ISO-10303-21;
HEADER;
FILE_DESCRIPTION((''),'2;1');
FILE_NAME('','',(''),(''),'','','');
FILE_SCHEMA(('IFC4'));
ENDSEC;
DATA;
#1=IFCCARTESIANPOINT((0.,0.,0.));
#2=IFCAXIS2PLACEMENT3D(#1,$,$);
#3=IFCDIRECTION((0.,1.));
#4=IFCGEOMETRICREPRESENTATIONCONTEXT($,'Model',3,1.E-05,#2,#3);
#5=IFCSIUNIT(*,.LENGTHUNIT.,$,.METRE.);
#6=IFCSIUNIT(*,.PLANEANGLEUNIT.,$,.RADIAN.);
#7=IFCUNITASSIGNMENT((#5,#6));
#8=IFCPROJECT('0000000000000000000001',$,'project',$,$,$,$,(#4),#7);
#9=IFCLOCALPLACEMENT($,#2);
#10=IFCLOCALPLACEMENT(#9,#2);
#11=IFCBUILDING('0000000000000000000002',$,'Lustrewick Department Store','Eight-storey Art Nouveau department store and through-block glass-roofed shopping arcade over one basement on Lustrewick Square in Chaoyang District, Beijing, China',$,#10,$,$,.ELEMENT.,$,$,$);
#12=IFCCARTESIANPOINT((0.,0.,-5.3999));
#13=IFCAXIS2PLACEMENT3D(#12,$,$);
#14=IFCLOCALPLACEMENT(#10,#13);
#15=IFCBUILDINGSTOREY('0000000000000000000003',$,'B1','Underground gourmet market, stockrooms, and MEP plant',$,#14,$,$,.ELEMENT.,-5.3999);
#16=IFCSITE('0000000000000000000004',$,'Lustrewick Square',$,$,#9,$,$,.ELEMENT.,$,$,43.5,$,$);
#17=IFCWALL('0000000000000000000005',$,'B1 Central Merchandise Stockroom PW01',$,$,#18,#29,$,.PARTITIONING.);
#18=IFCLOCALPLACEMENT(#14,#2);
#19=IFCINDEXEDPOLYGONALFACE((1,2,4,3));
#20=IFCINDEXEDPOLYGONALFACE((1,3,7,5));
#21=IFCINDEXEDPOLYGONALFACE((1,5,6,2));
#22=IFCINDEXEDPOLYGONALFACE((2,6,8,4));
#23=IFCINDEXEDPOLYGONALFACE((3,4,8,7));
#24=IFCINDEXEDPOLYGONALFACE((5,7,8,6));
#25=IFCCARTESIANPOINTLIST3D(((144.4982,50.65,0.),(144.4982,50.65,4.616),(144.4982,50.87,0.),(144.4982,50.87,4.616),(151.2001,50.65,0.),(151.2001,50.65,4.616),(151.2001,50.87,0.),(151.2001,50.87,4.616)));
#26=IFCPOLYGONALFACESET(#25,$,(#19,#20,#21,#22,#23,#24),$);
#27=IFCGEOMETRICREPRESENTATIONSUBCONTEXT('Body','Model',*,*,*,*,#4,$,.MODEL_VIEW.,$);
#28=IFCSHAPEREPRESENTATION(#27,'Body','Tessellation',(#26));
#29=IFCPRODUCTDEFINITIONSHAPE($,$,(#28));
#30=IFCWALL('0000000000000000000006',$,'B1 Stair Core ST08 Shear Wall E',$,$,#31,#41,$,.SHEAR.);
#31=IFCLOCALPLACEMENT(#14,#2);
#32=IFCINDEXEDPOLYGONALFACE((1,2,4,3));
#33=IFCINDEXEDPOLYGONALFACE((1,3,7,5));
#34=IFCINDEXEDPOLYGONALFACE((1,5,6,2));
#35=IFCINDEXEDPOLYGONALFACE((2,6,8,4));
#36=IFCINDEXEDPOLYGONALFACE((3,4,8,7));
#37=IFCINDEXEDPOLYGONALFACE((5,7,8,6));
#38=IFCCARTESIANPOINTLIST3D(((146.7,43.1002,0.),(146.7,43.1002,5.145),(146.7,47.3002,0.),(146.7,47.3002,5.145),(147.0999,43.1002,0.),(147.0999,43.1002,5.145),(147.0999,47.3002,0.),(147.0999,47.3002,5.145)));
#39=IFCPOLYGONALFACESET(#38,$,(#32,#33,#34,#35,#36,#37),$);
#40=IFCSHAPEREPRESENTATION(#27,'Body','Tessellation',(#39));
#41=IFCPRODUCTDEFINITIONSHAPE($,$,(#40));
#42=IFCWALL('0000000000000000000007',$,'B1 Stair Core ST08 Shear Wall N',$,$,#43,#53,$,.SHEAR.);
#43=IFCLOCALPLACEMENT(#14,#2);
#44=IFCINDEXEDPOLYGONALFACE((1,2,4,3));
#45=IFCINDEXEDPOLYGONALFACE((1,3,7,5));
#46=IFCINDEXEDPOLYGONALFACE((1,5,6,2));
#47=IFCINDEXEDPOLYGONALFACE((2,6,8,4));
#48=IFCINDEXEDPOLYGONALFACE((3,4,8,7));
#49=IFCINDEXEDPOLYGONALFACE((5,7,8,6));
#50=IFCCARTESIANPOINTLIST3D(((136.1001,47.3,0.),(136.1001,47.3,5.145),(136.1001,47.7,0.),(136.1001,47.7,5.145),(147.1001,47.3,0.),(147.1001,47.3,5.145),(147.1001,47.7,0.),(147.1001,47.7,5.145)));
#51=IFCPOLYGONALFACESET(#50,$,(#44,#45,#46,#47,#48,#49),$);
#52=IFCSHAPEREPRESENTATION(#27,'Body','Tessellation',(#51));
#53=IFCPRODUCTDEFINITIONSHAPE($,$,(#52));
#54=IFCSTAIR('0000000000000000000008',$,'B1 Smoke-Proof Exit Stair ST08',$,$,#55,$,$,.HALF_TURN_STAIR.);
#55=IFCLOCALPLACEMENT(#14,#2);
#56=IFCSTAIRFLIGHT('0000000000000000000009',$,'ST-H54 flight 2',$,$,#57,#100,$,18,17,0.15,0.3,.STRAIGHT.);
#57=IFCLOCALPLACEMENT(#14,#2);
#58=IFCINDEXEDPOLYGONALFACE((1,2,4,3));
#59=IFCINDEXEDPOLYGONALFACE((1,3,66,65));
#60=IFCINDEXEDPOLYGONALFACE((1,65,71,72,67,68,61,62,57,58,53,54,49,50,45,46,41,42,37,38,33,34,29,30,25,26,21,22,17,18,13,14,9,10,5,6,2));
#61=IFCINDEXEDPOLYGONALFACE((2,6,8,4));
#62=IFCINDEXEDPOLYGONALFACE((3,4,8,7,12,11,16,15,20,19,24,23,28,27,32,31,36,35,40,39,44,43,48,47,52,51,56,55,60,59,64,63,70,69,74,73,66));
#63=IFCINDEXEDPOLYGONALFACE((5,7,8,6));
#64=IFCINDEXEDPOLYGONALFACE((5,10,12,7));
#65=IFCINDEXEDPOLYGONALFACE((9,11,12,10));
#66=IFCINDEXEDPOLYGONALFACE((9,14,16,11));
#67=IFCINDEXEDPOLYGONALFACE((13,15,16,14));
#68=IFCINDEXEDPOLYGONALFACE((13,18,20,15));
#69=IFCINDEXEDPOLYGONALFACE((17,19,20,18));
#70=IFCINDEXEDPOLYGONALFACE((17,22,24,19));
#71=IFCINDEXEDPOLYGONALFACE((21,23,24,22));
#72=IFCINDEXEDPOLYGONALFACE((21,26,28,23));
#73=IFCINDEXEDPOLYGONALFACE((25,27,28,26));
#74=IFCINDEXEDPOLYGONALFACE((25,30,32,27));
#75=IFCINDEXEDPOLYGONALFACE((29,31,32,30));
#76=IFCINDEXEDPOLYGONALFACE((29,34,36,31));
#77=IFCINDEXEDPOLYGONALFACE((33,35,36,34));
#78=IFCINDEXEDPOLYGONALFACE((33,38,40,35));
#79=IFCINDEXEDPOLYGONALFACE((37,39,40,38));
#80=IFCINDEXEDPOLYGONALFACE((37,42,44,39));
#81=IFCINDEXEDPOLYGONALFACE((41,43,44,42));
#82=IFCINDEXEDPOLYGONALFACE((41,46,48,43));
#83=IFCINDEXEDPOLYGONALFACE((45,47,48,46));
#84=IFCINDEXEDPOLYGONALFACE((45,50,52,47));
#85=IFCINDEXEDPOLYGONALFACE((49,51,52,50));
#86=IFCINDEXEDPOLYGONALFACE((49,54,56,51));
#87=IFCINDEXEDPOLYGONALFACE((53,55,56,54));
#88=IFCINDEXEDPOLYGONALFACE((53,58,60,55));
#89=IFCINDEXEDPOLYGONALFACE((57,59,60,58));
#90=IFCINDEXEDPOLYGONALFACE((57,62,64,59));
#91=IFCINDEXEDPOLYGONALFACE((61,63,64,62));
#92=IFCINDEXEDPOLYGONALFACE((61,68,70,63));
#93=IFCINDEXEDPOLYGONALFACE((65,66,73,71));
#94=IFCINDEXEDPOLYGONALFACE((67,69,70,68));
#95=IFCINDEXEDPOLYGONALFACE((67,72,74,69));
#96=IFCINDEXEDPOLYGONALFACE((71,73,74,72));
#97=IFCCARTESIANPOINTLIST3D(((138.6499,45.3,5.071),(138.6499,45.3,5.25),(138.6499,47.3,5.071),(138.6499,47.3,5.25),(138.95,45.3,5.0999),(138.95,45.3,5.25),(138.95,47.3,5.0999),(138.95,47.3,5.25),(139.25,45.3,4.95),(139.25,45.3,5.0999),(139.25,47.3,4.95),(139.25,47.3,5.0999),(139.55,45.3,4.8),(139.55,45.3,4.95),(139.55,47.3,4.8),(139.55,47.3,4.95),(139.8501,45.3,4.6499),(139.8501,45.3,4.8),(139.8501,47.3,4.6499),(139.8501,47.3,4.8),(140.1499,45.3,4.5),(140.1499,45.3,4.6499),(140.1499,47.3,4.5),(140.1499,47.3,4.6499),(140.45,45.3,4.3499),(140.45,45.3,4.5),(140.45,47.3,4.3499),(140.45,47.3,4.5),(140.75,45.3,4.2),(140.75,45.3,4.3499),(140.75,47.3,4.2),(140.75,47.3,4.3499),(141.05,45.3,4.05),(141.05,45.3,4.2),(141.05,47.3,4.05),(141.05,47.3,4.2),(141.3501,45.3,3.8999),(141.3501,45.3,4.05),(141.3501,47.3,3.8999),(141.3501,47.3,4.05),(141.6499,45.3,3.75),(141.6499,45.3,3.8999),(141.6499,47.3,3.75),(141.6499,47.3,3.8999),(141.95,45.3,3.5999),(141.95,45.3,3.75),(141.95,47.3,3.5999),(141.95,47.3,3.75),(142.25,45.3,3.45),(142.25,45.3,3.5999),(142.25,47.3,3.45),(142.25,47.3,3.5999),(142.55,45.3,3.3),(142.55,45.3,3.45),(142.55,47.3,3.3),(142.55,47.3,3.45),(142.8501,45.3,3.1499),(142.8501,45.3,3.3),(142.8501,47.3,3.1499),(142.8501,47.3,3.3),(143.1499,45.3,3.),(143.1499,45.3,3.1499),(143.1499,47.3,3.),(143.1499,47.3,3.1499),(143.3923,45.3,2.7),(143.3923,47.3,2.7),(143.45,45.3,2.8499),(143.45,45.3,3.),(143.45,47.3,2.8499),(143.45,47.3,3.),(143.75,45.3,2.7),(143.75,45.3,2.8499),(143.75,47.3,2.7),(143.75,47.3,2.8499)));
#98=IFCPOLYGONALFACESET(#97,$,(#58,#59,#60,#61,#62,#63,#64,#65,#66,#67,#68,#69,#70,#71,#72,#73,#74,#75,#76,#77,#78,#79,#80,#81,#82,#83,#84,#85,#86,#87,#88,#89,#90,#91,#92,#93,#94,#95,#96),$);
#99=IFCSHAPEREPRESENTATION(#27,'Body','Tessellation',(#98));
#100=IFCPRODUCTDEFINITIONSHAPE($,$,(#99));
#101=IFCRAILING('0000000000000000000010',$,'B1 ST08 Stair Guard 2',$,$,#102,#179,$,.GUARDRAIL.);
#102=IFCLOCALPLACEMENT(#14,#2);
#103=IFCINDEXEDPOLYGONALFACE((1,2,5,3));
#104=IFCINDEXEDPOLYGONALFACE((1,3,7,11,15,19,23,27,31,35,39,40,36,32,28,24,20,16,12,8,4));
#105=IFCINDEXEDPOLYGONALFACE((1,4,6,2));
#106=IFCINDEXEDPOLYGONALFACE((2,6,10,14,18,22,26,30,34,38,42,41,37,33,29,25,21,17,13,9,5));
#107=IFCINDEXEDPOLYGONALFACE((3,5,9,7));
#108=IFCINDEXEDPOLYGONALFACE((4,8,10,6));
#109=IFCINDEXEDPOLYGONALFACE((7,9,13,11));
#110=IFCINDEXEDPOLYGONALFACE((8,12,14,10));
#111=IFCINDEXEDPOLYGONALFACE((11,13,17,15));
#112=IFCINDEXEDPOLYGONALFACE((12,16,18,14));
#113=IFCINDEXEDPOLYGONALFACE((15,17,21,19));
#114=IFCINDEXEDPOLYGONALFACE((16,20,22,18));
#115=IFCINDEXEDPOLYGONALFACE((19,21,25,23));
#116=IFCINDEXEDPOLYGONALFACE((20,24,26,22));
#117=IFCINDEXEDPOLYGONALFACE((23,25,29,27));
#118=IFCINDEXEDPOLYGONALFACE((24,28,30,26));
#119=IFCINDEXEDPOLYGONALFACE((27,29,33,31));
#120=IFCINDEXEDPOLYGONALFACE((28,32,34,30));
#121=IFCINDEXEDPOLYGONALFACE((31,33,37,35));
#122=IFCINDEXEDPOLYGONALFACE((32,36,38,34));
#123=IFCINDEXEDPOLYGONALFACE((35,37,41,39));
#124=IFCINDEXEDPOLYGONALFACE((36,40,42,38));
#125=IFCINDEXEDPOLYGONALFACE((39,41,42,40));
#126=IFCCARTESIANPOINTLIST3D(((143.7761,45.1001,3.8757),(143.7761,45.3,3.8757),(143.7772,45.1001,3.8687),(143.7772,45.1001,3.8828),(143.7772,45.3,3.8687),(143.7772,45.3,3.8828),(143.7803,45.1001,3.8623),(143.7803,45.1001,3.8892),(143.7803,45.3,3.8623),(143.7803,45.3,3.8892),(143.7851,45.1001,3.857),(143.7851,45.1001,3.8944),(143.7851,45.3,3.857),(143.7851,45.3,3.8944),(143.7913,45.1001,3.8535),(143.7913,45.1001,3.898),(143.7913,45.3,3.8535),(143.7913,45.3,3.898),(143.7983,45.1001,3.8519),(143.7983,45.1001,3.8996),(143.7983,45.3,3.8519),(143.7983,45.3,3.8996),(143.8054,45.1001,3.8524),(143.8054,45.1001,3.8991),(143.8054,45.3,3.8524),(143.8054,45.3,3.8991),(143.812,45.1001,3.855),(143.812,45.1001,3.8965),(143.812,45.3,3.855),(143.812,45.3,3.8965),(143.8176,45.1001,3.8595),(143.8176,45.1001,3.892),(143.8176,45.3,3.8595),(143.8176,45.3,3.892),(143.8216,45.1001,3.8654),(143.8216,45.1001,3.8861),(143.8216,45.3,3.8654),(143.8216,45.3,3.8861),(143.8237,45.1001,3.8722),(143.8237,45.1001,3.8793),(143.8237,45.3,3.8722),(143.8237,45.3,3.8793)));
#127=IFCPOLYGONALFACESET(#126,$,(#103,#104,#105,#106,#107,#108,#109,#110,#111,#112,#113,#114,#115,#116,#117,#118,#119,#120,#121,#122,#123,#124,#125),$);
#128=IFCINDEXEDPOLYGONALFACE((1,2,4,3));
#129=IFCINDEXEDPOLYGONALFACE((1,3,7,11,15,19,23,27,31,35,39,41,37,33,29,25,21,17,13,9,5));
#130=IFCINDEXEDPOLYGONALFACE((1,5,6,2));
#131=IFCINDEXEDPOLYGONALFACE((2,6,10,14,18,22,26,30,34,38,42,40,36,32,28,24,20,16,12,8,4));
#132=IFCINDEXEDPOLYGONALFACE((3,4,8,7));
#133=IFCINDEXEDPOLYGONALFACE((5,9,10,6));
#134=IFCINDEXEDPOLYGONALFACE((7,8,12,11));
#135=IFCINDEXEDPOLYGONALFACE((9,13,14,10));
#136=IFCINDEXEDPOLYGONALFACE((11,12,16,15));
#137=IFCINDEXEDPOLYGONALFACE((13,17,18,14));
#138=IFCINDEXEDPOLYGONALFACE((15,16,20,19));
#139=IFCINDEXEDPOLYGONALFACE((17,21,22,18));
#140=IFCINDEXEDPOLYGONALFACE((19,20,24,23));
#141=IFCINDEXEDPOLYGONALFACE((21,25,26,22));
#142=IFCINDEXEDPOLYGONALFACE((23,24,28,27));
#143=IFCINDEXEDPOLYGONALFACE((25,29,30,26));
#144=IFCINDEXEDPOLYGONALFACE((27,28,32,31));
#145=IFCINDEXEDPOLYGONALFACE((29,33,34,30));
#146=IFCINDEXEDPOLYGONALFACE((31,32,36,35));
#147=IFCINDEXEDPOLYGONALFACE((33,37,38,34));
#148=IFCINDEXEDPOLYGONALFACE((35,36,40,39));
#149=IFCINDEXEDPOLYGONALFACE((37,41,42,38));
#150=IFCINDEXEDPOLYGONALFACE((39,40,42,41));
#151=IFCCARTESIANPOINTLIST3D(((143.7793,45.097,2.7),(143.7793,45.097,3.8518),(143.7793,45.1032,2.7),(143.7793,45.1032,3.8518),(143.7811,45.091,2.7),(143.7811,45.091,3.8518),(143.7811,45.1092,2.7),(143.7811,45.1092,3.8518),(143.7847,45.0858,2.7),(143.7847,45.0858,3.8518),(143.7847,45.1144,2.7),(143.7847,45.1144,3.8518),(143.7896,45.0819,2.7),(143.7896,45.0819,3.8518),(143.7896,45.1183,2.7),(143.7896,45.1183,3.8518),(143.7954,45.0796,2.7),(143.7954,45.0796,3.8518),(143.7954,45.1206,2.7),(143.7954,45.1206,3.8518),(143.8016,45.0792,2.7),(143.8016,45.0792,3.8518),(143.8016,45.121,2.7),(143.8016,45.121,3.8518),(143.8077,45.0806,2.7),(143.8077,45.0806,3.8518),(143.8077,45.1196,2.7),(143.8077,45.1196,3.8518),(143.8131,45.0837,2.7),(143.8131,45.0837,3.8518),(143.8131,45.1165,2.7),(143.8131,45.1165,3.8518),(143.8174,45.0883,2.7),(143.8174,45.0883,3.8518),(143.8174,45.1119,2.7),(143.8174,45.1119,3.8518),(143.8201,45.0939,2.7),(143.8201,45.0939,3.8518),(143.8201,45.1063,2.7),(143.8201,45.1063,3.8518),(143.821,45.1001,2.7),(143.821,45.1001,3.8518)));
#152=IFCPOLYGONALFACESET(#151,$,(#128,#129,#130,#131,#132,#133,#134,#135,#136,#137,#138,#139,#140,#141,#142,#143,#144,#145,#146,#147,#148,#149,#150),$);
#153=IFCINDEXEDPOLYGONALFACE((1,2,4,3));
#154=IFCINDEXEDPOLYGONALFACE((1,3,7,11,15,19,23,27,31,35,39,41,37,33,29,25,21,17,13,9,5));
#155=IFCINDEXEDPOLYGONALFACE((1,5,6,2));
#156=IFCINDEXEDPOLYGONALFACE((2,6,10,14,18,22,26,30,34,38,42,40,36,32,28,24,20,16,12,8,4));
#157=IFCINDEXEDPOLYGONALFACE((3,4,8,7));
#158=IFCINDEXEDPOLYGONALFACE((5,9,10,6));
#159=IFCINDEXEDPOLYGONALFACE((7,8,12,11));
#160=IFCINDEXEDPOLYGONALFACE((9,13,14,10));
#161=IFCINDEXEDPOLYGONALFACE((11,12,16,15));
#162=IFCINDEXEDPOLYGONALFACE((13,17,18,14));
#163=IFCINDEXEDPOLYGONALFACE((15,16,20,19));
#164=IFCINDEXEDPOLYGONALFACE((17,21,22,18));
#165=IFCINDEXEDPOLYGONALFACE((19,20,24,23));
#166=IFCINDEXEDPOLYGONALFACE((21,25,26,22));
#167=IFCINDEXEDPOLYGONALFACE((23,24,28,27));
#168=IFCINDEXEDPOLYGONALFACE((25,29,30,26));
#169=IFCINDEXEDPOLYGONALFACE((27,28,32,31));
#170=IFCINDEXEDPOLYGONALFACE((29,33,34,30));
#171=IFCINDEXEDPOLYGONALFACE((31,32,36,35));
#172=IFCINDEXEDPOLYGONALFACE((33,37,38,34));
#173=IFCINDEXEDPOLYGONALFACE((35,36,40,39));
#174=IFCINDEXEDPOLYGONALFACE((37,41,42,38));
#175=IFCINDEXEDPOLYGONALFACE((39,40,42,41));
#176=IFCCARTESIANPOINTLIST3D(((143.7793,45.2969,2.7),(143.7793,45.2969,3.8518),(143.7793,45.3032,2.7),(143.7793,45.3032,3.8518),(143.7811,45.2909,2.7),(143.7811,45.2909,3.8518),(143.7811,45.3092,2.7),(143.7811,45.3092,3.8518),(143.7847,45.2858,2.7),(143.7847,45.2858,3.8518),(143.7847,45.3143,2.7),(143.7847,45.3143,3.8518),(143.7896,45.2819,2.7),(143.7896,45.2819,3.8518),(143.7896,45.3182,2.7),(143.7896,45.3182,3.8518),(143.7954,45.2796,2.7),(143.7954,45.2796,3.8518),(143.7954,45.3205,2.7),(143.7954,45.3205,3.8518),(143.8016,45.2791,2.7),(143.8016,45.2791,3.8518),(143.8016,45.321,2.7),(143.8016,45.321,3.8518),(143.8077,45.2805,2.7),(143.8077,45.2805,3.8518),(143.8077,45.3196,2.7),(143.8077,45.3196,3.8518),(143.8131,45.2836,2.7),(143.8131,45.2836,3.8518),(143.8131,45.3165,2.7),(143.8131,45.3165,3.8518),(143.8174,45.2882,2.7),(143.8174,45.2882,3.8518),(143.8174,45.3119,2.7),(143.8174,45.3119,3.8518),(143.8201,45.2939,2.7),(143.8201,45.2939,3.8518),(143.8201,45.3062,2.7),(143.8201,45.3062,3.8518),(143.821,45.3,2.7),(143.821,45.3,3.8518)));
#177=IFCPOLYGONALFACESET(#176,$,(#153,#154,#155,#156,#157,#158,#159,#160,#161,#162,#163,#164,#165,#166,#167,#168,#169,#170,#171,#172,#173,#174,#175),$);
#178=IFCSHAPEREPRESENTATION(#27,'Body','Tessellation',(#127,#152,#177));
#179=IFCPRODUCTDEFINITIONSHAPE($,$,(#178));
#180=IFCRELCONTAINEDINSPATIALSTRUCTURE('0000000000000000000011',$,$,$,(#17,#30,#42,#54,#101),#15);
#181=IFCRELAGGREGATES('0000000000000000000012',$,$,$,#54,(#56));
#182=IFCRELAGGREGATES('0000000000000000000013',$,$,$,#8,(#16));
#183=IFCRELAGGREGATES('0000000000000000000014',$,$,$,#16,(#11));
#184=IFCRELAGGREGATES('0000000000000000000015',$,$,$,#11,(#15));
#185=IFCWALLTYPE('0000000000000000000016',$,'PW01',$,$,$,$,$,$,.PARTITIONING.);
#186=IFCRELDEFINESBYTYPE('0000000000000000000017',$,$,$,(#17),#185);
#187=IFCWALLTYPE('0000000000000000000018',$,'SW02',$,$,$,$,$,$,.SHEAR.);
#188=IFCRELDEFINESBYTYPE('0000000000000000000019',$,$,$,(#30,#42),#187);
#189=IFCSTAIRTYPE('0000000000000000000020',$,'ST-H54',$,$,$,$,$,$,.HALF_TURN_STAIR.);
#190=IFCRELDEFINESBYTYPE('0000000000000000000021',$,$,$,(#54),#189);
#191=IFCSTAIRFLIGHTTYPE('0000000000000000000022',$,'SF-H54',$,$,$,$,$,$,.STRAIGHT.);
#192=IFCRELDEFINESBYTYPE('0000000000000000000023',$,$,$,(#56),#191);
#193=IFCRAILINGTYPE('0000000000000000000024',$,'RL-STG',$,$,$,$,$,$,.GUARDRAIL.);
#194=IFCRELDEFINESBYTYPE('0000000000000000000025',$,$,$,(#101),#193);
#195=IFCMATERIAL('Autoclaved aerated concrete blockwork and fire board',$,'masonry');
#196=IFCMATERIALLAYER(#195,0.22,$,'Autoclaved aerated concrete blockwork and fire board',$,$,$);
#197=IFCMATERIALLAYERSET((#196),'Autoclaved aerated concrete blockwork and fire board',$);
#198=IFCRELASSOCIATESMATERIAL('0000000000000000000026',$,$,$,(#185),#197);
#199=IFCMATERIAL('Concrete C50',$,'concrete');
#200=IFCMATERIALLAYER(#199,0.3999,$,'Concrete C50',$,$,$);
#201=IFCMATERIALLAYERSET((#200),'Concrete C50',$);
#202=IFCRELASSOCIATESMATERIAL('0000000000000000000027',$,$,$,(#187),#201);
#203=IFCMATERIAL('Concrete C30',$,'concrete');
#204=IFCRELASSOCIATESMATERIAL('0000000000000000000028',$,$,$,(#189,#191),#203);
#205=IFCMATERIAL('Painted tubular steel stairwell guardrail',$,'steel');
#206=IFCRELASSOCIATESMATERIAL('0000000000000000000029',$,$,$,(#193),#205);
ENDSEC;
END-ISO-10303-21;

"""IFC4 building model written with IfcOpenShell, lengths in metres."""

from ifc_helpers import new_model, si_unit, direction, frame, frame_2d, origin, origin_2d, place, context, subcontext, project, spatial, polyline, rectangle, circle, outline, extrude, material, layer, layer_set, type_object, element, aggregate, save


model = new_model("IFC4")

# Units and contexts
model_context = context("Model", 3, precision=1e-05, world=origin(), true_north=direction((0.0, 1.0)))
body_context = subcontext(model_context, "Body", "Model", "MODEL_VIEW")
ifc_project = project(units=[si_unit("LENGTHUNIT", "METRE"), si_unit("PLANEANGLEUNIT", "RADIAN")], contexts=[model_context])

# Site, building, storey
site_placement = place(None, origin())
site = spatial("IfcSite", under=ifc_project, at=site_placement, Name="Lustrewick Square", CompositionType="ELEMENT", RefElevation=43.5)
building_placement = place(site_placement, origin())
building = spatial("IfcBuilding", under=site, at=building_placement, Name="Lustrewick Department Store", Description="Eight-storey Art Nouveau department store and through-block glass-roofed shopping arcade over one basement on Lustrewick Square in Chaoyang District, Beijing, China", CompositionType="ELEMENT")
storey_placement = place(building_placement, frame((0.0, 0.0, -5.3999)))
storey = spatial("IfcBuildingStorey", under=building, at=storey_placement, Name="B1", Description="Underground gourmet market, stockrooms, and MEP plant", CompositionType="ELEMENT", Elevation=-5.3999)

# Shared definitions
ifc_material_1 = material(Name="Concrete C50", Category="concrete")

# Walls
ifc_material_2 = material(Name="Autoclaved aerated concrete blockwork and fire board", Category="masonry")
ifc_layer_1 = layer(ifc_material_2, 0.22, Name="Autoclaved aerated concrete blockwork and fire board")
ifc_layer_set_1 = layer_set([ifc_layer_1], Name="Autoclaved aerated concrete blockwork and fire board")
wall_type_1 = type_object("IfcWallType", Name="PW01", PredefinedType="PARTITIONING", material=ifc_layer_set_1)
wall_1_placement = place(storey_placement, frame((144.498, 50.76, 0.0), z_axis=(0.0, 0.0, 1.0), x_axis=(1.0, 0.0, 0.0)))
element("IfcWall", 1, at=wall_1_placement, inside=storey, type_object=wall_type_1, Name="B1 Central Merchandise Stockroom PW01", PredefinedType="PARTITIONING", context=body_context, shape_type="SweptSolid", body=[
    extrude(rectangle(XDim=6.7019, YDim=0.22, at=frame_2d((3.3511, 0.0))), origin(), (0.0, 0.0, 1.0), 4.616),
])
ifc_layer_2 = layer(ifc_material_1, 0.3999, Name="Concrete C50")
ifc_layer_set_2 = layer_set([ifc_layer_2], Name="Concrete C50")
wall_type_2 = type_object("IfcWallType", Name="SW02", PredefinedType="SHEAR", material=ifc_layer_set_2)
wall_2_placement = place(storey_placement, frame((146.8999, 43.1001, 0.0), z_axis=(0.0, 0.0, 1.0), x_axis=(0.0, 1.0, 0.0)))
element("IfcWall", 2, at=wall_2_placement, inside=storey, type_object=wall_type_2, Name="B1 Stair Core ST08 Shear Wall E", PredefinedType="SHEAR", context=body_context, shape_type="SweptSolid", body=[
    extrude(rectangle(XDim=4.2, YDim=0.3999, at=frame_2d((2.1001, 0.0))), origin(), (0.0, 0.0, 1.0), 5.145),
])
wall_3_placement = place(storey_placement, frame((147.1001, 47.5, 0.0), z_axis=(0.0, 0.0, 1.0), x_axis=(-1.0, 0.0, 0.0)))
element("IfcWall", 3, at=wall_3_placement, inside=storey, type_object=wall_type_2, Name="B1 Stair Core ST08 Shear Wall N", PredefinedType="SHEAR", context=body_context, shape_type="SweptSolid", body=[
    extrude(rectangle(XDim=11.0, YDim=0.3999, at=frame_2d((5.5, 0.0))), origin(), (0.0, 0.0, 1.0), 5.145),
])

# Stair, stair flight
ifc_material_3 = material(Name="Concrete C30", Category="concrete")
stair_type = type_object("IfcStairType", Name="ST-H54", PredefinedType="HALF_TURN_STAIR", material=ifc_material_3)
stair_placement = place(storey_placement, origin())
stair = element("IfcStair", 4, at=stair_placement, inside=storey, type_object=stair_type, Name="B1 Smoke-Proof Exit Stair ST08", PredefinedType="HALF_TURN_STAIR")
stair_flight_type = type_object("IfcStairFlightType", Name="SF-H54", PredefinedType="STRAIGHT", material=ifc_material_3)
stair_flight_placement = place(storey_placement, frame((143.75, 46.3, 2.7), z_axis=(0.0, 0.0, 1.0), x_axis=(-1.0, 0.0, 0.0)))
stair_flight = element("IfcStairFlight", 5, at=stair_flight_placement, type_object=stair_flight_type, Name="ST-H54 flight 2", NumberOfRisers=18, NumberOfTreads=17, PredefinedType="STRAIGHT", RiserHeight=0.15, TreadLength=0.3, context=body_context, shape_type="SweptSolid", body=[
    extrude(outline(polyline([(0.0, 0.0), (0.0, 0.1499), (0.3, 0.1499), (0.3, 0.3), (0.6001, 0.3), (0.6001, 0.45), (0.8999, 0.45), (0.8999, 0.6001), (1.2, 0.6001), (1.2, 0.75), (1.5, 0.75), (1.5, 0.8999), (1.8, 0.8999), (1.8, 1.05), (2.1001, 1.05), (2.1001, 1.2), (2.3999, 1.2), (2.3999, 1.3501), (2.7, 1.3501), (2.7, 1.5), (3.0, 1.5), (3.0, 1.6499), (3.3, 1.6499), (3.3, 1.8), (3.6001, 1.8), (3.6001, 1.95), (3.8999, 1.95), (3.8999, 2.1001), (4.2, 2.1001), (4.2, 2.25), (4.5, 2.25), (4.5, 2.3999), (4.8, 2.3999), (4.8, 2.55), (5.1001, 2.55), (5.1001, 2.7), (5.1001, 2.3711), (0.3577, 0.0), (0.0, 0.0)])), frame((0.0, 1.0, 0.0), z_axis=(0.0, -1.0, 0.0), x_axis=(1.0, 0.0, 0.0)), (0.0, 0.0, 1.0), 2.0),
])
aggregate(stair, [stair_flight])

# Railing
ifc_material_4 = material(Name="Painted tubular steel stairwell guardrail", Category="steel")
railing_type_1 = type_object("IfcRailingType", Name="RL-STG", PredefinedType="GUARDRAIL", material=ifc_material_4)
railing_1_placement = place(storey_placement, frame((143.8, 45.1001, 2.7)))
element("IfcRailing", 6, at=railing_1_placement, inside=storey, type_object=railing_type_1, Name="B1 ST08 Stair Guard 2", PredefinedType="GUARDRAIL", context=body_context, shape_type="SweptSolid", body=[
    extrude(circle(Radius=0.0239, at=origin_2d()), frame((0.0, 0.0, 1.1758), z_axis=(0.0, 1.0, 0.0), x_axis=(-1.0, 0.0, 0.0)), (0.0, 0.0, 1.0), 0.2),
    extrude(circle(Radius=0.021, at=origin_2d()), origin(), (0.0, 0.0, 1.0), 1.1519),
    extrude(circle(Radius=0.021, at=origin_2d()), frame((0.0, 0.2, 0.0)), (0.0, 0.0, 1.0), 1.1519),
])

save(model, "model.ifc")
